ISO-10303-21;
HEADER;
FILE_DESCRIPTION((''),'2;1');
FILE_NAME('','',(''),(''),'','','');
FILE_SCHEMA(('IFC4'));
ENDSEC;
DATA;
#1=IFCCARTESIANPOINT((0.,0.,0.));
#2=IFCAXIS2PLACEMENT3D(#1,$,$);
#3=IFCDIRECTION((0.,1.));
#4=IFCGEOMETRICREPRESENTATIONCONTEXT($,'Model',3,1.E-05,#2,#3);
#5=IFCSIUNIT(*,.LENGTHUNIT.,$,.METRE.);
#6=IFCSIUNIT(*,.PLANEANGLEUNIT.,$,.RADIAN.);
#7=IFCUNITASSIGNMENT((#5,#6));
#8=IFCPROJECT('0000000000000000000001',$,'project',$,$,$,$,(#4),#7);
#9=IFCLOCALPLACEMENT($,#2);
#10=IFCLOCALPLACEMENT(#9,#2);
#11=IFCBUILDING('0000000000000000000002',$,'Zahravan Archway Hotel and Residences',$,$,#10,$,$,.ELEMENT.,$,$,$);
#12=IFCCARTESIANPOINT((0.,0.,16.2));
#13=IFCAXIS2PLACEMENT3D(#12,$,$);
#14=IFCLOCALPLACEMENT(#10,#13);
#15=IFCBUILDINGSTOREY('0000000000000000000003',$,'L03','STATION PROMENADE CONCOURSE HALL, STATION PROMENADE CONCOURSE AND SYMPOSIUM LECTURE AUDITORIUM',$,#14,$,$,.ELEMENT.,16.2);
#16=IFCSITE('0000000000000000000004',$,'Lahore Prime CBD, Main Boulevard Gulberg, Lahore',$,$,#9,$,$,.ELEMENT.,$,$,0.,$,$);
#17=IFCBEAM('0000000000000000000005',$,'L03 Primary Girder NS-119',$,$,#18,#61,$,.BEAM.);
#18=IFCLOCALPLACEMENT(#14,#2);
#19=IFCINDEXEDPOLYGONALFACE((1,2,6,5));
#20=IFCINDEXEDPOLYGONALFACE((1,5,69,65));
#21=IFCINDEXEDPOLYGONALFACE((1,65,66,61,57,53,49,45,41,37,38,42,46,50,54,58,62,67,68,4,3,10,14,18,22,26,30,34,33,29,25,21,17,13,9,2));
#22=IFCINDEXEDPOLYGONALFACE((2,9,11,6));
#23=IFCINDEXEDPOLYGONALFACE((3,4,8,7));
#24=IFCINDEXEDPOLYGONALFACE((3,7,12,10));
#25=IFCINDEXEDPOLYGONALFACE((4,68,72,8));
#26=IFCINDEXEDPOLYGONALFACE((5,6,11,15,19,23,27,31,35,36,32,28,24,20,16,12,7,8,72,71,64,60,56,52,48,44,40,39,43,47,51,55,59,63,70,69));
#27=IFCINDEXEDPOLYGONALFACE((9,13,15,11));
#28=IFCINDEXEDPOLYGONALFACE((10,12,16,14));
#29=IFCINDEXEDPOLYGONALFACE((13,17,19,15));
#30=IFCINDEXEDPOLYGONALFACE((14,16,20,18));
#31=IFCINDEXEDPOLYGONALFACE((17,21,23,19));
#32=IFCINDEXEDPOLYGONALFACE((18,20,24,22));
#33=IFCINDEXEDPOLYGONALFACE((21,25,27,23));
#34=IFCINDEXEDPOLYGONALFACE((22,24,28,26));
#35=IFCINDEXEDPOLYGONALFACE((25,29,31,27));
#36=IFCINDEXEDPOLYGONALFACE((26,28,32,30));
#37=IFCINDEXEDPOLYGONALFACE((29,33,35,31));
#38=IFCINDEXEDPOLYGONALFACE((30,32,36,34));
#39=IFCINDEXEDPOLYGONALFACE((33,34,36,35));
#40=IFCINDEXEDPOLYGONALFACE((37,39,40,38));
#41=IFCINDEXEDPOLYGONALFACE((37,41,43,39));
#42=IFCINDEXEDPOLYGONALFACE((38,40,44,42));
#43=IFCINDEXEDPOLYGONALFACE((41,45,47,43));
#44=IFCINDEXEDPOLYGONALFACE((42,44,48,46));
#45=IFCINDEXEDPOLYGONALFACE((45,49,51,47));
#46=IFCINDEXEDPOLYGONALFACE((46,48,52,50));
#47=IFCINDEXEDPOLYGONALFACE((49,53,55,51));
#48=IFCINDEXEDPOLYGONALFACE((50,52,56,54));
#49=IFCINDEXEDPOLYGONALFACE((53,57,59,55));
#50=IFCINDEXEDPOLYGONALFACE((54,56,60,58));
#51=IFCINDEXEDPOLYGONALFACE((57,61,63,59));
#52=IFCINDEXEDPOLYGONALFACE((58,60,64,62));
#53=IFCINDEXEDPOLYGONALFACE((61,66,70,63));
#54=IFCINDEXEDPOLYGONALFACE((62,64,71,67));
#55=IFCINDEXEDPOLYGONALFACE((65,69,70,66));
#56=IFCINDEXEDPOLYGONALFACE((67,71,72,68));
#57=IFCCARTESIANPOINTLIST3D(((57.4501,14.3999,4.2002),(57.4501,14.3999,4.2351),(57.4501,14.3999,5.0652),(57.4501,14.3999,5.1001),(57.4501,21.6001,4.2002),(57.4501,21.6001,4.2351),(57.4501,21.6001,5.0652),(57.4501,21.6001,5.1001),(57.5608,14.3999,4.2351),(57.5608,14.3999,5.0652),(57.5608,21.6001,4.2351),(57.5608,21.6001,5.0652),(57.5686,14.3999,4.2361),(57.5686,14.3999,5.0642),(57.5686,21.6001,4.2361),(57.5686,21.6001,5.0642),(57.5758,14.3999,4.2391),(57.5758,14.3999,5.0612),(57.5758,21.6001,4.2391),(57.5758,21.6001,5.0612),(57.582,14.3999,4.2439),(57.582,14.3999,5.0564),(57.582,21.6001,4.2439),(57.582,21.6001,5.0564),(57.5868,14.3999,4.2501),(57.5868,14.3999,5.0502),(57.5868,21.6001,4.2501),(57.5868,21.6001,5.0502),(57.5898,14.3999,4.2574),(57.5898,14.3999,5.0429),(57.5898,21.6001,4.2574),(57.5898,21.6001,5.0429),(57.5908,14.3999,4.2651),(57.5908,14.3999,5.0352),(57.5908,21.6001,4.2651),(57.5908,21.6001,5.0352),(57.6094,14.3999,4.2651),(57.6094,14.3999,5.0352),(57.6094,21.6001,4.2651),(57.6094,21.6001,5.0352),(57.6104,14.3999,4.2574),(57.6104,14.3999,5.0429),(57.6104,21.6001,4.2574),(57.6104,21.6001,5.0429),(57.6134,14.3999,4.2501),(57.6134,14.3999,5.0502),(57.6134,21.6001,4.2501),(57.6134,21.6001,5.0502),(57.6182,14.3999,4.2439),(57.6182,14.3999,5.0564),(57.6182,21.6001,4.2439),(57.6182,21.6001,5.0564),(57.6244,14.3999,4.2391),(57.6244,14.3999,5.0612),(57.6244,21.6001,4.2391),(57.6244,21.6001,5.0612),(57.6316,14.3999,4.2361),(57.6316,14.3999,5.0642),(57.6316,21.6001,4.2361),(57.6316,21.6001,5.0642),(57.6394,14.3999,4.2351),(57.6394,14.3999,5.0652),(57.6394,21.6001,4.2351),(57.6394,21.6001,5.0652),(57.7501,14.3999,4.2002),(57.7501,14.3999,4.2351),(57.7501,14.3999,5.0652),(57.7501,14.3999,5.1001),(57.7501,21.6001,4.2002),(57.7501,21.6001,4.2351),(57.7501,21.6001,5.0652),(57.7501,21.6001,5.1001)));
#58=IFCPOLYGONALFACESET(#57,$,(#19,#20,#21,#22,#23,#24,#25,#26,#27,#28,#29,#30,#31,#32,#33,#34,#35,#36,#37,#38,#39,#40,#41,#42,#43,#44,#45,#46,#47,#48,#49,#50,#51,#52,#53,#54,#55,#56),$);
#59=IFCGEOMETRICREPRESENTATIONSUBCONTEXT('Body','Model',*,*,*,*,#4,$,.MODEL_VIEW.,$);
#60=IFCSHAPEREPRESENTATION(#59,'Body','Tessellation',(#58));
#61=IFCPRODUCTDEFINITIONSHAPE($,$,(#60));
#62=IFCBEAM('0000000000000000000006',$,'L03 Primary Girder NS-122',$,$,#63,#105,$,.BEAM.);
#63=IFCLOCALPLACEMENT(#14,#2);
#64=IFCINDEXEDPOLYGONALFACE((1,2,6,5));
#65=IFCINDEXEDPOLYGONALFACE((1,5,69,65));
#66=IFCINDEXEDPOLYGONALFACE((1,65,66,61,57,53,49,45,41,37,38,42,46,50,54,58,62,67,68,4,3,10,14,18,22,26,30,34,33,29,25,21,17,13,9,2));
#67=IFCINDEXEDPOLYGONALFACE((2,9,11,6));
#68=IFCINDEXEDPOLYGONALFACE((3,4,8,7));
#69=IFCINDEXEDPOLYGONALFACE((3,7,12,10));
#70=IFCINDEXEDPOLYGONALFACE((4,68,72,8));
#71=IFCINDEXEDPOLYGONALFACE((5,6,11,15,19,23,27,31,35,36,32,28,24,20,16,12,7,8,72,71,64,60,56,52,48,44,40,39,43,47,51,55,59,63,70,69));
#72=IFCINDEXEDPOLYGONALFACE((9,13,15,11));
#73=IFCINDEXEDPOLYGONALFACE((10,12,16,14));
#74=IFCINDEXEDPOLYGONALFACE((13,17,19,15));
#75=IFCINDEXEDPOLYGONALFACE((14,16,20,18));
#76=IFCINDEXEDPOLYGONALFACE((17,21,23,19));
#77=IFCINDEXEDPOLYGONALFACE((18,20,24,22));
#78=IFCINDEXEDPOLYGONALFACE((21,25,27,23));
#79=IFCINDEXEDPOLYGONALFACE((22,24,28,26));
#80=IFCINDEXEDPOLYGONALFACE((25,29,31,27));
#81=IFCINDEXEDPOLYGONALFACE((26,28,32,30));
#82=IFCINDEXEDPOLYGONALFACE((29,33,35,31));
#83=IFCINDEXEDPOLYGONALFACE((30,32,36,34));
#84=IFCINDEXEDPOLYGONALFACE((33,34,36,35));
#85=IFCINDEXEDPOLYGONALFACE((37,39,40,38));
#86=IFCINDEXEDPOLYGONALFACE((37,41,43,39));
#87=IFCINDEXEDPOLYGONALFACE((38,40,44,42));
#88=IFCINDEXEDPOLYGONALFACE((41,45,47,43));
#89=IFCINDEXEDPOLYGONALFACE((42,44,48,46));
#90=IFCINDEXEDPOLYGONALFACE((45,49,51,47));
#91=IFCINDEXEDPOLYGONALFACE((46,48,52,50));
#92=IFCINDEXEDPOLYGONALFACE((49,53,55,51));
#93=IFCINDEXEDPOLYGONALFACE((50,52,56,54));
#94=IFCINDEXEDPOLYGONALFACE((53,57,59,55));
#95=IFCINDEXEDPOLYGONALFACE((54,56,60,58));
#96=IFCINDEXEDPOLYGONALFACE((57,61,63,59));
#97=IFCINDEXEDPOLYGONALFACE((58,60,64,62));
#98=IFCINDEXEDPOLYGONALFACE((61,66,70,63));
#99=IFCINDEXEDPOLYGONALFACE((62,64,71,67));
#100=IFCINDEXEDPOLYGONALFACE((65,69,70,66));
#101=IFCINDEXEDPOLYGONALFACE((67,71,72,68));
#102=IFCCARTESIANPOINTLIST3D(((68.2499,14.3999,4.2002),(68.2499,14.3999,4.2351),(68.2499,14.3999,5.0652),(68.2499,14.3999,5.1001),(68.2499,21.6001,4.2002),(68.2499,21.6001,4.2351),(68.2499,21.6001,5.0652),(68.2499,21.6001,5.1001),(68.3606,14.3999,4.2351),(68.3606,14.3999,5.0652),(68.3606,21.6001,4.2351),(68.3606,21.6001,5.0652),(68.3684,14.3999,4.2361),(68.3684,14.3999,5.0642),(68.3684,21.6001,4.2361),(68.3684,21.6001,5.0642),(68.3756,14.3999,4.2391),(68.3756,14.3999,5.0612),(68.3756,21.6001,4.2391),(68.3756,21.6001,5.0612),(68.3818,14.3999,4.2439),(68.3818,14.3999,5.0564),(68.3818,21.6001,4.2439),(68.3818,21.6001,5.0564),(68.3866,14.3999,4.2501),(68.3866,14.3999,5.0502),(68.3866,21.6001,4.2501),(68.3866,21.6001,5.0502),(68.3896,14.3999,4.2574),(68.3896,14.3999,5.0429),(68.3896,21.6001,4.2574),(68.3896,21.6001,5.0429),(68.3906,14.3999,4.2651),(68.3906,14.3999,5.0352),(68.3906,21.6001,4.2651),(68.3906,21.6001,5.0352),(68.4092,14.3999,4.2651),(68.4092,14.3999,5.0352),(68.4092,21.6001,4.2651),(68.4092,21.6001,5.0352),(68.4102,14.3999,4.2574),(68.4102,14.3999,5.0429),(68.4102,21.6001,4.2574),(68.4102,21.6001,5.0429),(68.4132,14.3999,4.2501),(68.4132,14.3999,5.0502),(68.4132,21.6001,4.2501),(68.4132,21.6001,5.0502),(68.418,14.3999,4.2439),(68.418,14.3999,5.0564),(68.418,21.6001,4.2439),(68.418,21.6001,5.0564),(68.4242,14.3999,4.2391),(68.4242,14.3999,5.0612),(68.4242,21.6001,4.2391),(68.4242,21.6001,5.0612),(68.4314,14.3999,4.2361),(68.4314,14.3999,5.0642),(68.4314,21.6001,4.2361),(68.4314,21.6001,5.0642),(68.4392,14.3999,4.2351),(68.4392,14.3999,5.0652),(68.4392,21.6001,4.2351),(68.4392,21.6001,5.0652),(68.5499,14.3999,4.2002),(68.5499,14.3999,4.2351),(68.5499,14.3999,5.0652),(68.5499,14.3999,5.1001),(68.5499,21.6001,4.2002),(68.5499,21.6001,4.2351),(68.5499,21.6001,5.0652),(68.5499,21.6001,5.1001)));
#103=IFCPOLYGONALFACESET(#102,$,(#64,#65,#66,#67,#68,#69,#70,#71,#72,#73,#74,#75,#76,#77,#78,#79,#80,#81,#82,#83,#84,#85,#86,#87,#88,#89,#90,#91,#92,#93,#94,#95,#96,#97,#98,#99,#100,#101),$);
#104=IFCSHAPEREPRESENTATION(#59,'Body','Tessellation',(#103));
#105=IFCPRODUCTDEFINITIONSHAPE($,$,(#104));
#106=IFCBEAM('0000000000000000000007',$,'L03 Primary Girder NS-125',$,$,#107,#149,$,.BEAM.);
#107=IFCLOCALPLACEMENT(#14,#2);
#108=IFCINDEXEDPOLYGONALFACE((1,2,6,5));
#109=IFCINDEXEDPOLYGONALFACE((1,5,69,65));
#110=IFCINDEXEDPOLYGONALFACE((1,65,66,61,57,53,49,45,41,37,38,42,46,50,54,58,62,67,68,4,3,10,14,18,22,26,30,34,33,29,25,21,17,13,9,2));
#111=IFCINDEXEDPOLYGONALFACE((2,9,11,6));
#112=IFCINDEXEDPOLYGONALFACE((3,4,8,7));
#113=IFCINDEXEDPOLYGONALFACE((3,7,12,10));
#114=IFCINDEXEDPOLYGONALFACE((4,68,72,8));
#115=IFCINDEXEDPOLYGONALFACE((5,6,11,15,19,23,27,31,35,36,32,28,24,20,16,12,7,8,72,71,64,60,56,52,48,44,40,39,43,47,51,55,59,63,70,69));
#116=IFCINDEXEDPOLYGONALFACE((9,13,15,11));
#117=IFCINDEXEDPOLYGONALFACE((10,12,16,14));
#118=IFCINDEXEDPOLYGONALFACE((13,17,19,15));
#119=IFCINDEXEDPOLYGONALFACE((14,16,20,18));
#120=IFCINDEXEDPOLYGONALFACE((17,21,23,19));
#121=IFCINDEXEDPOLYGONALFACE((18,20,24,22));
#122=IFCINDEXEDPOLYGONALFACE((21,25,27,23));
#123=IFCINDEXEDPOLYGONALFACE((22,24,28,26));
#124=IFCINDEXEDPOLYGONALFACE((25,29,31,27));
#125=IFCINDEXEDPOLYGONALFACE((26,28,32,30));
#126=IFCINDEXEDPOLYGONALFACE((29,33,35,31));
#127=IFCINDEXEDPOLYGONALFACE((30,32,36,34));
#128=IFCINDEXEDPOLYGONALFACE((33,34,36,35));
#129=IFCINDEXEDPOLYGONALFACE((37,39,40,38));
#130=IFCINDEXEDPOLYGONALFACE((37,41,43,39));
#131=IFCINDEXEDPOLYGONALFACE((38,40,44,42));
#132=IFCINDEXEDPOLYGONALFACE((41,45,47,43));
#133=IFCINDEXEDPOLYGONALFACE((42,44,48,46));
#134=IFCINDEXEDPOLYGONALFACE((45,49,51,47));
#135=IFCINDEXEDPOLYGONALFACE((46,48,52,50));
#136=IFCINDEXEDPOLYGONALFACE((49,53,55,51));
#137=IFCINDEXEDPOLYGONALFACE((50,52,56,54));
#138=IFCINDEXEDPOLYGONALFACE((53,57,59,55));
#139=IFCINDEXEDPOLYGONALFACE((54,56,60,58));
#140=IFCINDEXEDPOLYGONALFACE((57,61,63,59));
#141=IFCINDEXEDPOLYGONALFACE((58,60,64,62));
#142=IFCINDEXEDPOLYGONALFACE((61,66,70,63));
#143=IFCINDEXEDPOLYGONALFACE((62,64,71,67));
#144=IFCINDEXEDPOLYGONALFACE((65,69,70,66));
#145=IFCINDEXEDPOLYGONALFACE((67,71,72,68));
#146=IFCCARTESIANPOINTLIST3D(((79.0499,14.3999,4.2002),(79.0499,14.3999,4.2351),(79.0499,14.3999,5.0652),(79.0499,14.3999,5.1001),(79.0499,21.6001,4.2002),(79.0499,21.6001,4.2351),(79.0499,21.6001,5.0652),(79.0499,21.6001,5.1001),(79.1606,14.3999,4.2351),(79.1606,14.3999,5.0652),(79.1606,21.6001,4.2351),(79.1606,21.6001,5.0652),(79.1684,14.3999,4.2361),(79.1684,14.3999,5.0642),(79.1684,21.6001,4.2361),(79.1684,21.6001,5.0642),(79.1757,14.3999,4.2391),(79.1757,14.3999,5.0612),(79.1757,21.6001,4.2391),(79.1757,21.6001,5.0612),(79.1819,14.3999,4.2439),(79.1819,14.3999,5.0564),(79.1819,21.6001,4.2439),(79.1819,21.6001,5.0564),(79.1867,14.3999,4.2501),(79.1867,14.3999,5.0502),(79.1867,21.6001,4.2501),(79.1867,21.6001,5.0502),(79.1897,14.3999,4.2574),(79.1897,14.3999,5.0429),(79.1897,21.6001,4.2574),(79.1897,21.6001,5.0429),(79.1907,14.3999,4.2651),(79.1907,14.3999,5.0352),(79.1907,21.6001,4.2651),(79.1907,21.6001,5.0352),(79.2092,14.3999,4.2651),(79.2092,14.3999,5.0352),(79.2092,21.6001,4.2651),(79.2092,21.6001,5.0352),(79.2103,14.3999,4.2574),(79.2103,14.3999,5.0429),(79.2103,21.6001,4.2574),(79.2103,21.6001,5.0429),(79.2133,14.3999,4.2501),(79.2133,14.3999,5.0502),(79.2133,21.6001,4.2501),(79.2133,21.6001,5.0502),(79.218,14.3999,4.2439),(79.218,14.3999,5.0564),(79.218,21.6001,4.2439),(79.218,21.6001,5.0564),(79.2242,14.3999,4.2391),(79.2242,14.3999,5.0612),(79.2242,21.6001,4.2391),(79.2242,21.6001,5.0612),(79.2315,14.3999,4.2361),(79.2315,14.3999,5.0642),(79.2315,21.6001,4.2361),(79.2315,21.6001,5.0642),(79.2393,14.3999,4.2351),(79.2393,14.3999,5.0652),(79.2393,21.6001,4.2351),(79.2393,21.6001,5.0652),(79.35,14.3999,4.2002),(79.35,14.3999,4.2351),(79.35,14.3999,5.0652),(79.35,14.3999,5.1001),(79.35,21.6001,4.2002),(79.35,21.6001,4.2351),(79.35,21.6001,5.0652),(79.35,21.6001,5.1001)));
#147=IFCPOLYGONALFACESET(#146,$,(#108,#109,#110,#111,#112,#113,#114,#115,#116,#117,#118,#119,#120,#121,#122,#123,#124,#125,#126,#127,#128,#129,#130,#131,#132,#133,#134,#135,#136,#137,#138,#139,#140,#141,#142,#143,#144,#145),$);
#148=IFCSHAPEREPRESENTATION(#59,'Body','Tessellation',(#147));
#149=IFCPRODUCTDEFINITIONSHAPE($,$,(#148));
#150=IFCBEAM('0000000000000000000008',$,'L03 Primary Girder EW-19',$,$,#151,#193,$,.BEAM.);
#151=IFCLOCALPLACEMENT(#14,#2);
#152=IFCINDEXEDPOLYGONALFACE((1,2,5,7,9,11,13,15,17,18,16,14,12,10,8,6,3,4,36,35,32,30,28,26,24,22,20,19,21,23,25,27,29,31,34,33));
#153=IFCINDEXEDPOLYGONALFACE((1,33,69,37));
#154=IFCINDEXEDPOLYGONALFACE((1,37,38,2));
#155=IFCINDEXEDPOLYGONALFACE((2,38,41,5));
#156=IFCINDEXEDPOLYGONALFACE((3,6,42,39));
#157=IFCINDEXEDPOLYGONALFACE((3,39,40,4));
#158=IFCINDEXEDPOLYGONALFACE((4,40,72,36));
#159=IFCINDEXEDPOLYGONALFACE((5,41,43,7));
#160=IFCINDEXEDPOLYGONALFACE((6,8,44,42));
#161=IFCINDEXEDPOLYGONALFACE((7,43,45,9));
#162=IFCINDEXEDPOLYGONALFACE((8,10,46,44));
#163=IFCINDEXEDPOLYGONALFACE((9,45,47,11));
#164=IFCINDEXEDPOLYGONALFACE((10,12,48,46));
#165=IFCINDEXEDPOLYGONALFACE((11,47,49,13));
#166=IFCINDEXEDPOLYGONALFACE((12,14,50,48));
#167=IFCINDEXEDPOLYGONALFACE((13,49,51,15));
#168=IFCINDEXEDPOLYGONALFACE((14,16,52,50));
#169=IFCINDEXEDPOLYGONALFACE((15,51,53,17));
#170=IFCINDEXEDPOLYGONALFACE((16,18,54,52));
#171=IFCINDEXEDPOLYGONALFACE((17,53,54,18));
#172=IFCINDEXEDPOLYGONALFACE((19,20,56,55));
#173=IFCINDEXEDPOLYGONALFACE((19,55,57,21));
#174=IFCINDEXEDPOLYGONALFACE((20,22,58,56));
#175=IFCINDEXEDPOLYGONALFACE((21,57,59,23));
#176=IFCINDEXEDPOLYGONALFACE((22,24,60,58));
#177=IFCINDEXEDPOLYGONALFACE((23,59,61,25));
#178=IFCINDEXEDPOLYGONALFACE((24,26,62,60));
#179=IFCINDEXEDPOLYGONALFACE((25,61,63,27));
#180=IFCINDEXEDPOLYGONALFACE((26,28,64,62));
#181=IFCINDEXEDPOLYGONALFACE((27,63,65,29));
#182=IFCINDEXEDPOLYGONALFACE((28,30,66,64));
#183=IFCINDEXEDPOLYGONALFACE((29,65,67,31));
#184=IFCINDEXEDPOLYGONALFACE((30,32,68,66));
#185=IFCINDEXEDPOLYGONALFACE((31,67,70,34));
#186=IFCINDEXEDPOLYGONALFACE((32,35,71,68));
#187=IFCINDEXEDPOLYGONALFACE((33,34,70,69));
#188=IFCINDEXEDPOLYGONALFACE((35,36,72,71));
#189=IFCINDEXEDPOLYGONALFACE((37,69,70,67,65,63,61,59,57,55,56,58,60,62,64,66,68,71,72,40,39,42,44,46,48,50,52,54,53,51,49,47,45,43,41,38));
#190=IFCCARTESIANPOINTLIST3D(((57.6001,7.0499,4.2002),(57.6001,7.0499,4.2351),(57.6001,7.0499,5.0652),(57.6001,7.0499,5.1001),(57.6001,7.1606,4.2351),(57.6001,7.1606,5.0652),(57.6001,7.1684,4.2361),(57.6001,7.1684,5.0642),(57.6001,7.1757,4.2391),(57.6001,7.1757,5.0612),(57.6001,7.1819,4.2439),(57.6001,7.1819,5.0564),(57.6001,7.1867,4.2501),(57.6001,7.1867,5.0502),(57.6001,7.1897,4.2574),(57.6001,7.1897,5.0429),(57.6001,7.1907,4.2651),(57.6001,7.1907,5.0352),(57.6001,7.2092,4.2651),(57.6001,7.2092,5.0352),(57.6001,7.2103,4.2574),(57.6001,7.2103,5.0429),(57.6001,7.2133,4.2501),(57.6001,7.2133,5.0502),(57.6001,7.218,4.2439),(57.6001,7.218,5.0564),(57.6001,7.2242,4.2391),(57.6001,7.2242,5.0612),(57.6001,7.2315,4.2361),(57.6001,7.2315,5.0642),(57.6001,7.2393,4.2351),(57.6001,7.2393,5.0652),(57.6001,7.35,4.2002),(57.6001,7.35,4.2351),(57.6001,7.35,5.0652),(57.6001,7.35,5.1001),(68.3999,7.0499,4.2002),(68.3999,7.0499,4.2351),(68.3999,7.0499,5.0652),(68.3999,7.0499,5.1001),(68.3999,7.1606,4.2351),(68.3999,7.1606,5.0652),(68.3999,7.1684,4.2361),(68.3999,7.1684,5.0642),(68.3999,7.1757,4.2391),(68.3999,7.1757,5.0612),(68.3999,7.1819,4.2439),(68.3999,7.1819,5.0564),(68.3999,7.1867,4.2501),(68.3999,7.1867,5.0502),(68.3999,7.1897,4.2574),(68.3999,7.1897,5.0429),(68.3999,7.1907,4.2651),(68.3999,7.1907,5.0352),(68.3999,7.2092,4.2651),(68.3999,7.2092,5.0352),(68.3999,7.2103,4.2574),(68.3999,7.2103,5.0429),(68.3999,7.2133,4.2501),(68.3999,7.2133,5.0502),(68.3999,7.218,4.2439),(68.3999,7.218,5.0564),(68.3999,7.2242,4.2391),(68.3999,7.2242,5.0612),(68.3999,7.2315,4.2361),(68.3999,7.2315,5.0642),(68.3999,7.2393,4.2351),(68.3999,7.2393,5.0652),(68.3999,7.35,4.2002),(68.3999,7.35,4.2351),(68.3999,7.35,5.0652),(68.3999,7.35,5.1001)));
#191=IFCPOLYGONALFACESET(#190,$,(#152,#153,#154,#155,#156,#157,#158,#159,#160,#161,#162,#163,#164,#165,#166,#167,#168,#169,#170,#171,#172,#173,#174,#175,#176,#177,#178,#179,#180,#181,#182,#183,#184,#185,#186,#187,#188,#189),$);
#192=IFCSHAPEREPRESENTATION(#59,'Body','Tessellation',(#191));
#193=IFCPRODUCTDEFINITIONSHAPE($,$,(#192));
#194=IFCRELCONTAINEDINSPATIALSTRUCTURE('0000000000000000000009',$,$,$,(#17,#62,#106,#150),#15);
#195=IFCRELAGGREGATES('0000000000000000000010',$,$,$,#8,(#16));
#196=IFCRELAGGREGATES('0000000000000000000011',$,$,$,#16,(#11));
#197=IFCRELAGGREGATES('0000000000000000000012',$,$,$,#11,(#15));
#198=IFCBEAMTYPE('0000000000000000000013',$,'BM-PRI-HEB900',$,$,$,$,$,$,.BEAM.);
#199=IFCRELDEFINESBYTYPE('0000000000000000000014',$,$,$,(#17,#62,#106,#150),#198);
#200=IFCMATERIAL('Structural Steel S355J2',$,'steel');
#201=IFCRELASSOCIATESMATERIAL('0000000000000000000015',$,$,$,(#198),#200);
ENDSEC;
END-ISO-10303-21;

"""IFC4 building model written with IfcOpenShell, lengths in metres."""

from ifc_helpers import new_model, si_unit, direction, frame, origin, origin_2d, place, context, subcontext, project, spatial, i_section, extrude, source, transform, mapped, material, material_profile, profile_set, type_object, element, save


model = new_model("IFC4")

# Units and contexts
model_context = context("Model", 3, precision=1e-05, world=origin(), true_north=direction((0.0, 1.0)))
body_context = subcontext(model_context, "Body", "Model", "MODEL_VIEW")
ifc_project = project(units=[si_unit("LENGTHUNIT", "METRE"), si_unit("PLANEANGLEUNIT", "RADIAN")], contexts=[model_context])

# Site, building, storey
site_placement = place(None, origin())
site = spatial("IfcSite", under=ifc_project, at=site_placement, Name="Lahore Prime CBD, Main Boulevard Gulberg, Lahore", CompositionType="ELEMENT", RefElevation=0.0)
building_placement = place(site_placement, origin())
building = spatial("IfcBuilding", under=site, at=building_placement, Name="Zahravan Archway Hotel and Residences", CompositionType="ELEMENT")
storey_placement = place(building_placement, frame((0.0, 0.0, 16.2)))
storey = spatial("IfcBuildingStorey", under=building, at=storey_placement, Name="L03", Description="STATION PROMENADE CONCOURSE HALL, STATION PROMENADE CONCOURSE AND SYMPOSIUM LECTURE AUDITORIUM", CompositionType="ELEMENT", Elevation=16.2)

# Beams
ifc_material_1 = material(Name="Structural Steel S355J2", Category="steel")
ifc_material_profile_1 = material_profile(ifc_material_1, i_section(OverallWidth=0.3, OverallDepth=0.8999, WebThickness=0.0186, FlangeThickness=0.0349, FilletRadius=0.03, at=origin_2d()), Name="HEB 900", Category="steel")
ifc_profile_set_1 = profile_set([ifc_material_profile_1], Name="Structural Steel S355J2")
beam_type_1 = type_object("IfcBeamType", Name="BM-PRI-HEB900", PredefinedType="BEAM", material=ifc_profile_set_1)
shared_shape_1 = source(origin(), body_context, "Body", "SweptSolid", [
    extrude(i_section(OverallWidth=0.3, OverallDepth=0.8999, WebThickness=0.0186, FlangeThickness=0.0349, FilletRadius=0.03, at=origin_2d()), origin(), (0.0, 0.0, 1.0), 7.2002),
])
for number, where, z_axis, x_axis, name in (
    (1, (57.6001, 14.3999, 4.6501), (0.0, 1.0, 0.0), (-1.0, 0.0, 0.0), "L03 Primary Girder NS-119"),
    (2, (68.3999, 14.3999, 4.6501), (0.0, 1.0, 0.0), (-1.0, 0.0, 0.0), "L03 Primary Girder NS-122"),
    (3, (79.2, 14.3999, 4.6501), (0.0, 1.0, 0.0), (-1.0, 0.0, 0.0), "L03 Primary Girder NS-125"),
):
    element("IfcBeam", number, at=place(storey_placement, frame(where, z_axis=z_axis, x_axis=x_axis)), inside=storey, type_object=beam_type_1, Name=name, PredefinedType="BEAM", context=body_context, shape_type="MappedRepresentation", body=[
        mapped(shared_shape_1, transform((0.0, 0.0, 0.0), scale=1.0)),
    ])
shared_shape_2 = source(origin(), body_context, "Body", "SweptSolid", [
    extrude(i_section(OverallWidth=0.3, OverallDepth=0.8999, WebThickness=0.0186, FlangeThickness=0.0349, FilletRadius=0.03, at=origin_2d()), origin(), (0.0, 0.0, 1.0), 10.7998),
])
for number, where, z_axis, x_axis, name in (
    (4, (57.6001, 7.2, 4.6501), (1.0, 0.0, 0.0), (0.0, 1.0, 0.0), "L03 Primary Girder EW-19"),
):
    element("IfcBeam", number, at=place(storey_placement, frame(where, z_axis=z_axis, x_axis=x_axis)), inside=storey, type_object=beam_type_1, Name=name, PredefinedType="BEAM", context=body_context, shape_type="MappedRepresentation", body=[
        mapped(shared_shape_2, transform((0.0, 0.0, 0.0), scale=1.0)),
    ])

save(model, "model.ifc")
